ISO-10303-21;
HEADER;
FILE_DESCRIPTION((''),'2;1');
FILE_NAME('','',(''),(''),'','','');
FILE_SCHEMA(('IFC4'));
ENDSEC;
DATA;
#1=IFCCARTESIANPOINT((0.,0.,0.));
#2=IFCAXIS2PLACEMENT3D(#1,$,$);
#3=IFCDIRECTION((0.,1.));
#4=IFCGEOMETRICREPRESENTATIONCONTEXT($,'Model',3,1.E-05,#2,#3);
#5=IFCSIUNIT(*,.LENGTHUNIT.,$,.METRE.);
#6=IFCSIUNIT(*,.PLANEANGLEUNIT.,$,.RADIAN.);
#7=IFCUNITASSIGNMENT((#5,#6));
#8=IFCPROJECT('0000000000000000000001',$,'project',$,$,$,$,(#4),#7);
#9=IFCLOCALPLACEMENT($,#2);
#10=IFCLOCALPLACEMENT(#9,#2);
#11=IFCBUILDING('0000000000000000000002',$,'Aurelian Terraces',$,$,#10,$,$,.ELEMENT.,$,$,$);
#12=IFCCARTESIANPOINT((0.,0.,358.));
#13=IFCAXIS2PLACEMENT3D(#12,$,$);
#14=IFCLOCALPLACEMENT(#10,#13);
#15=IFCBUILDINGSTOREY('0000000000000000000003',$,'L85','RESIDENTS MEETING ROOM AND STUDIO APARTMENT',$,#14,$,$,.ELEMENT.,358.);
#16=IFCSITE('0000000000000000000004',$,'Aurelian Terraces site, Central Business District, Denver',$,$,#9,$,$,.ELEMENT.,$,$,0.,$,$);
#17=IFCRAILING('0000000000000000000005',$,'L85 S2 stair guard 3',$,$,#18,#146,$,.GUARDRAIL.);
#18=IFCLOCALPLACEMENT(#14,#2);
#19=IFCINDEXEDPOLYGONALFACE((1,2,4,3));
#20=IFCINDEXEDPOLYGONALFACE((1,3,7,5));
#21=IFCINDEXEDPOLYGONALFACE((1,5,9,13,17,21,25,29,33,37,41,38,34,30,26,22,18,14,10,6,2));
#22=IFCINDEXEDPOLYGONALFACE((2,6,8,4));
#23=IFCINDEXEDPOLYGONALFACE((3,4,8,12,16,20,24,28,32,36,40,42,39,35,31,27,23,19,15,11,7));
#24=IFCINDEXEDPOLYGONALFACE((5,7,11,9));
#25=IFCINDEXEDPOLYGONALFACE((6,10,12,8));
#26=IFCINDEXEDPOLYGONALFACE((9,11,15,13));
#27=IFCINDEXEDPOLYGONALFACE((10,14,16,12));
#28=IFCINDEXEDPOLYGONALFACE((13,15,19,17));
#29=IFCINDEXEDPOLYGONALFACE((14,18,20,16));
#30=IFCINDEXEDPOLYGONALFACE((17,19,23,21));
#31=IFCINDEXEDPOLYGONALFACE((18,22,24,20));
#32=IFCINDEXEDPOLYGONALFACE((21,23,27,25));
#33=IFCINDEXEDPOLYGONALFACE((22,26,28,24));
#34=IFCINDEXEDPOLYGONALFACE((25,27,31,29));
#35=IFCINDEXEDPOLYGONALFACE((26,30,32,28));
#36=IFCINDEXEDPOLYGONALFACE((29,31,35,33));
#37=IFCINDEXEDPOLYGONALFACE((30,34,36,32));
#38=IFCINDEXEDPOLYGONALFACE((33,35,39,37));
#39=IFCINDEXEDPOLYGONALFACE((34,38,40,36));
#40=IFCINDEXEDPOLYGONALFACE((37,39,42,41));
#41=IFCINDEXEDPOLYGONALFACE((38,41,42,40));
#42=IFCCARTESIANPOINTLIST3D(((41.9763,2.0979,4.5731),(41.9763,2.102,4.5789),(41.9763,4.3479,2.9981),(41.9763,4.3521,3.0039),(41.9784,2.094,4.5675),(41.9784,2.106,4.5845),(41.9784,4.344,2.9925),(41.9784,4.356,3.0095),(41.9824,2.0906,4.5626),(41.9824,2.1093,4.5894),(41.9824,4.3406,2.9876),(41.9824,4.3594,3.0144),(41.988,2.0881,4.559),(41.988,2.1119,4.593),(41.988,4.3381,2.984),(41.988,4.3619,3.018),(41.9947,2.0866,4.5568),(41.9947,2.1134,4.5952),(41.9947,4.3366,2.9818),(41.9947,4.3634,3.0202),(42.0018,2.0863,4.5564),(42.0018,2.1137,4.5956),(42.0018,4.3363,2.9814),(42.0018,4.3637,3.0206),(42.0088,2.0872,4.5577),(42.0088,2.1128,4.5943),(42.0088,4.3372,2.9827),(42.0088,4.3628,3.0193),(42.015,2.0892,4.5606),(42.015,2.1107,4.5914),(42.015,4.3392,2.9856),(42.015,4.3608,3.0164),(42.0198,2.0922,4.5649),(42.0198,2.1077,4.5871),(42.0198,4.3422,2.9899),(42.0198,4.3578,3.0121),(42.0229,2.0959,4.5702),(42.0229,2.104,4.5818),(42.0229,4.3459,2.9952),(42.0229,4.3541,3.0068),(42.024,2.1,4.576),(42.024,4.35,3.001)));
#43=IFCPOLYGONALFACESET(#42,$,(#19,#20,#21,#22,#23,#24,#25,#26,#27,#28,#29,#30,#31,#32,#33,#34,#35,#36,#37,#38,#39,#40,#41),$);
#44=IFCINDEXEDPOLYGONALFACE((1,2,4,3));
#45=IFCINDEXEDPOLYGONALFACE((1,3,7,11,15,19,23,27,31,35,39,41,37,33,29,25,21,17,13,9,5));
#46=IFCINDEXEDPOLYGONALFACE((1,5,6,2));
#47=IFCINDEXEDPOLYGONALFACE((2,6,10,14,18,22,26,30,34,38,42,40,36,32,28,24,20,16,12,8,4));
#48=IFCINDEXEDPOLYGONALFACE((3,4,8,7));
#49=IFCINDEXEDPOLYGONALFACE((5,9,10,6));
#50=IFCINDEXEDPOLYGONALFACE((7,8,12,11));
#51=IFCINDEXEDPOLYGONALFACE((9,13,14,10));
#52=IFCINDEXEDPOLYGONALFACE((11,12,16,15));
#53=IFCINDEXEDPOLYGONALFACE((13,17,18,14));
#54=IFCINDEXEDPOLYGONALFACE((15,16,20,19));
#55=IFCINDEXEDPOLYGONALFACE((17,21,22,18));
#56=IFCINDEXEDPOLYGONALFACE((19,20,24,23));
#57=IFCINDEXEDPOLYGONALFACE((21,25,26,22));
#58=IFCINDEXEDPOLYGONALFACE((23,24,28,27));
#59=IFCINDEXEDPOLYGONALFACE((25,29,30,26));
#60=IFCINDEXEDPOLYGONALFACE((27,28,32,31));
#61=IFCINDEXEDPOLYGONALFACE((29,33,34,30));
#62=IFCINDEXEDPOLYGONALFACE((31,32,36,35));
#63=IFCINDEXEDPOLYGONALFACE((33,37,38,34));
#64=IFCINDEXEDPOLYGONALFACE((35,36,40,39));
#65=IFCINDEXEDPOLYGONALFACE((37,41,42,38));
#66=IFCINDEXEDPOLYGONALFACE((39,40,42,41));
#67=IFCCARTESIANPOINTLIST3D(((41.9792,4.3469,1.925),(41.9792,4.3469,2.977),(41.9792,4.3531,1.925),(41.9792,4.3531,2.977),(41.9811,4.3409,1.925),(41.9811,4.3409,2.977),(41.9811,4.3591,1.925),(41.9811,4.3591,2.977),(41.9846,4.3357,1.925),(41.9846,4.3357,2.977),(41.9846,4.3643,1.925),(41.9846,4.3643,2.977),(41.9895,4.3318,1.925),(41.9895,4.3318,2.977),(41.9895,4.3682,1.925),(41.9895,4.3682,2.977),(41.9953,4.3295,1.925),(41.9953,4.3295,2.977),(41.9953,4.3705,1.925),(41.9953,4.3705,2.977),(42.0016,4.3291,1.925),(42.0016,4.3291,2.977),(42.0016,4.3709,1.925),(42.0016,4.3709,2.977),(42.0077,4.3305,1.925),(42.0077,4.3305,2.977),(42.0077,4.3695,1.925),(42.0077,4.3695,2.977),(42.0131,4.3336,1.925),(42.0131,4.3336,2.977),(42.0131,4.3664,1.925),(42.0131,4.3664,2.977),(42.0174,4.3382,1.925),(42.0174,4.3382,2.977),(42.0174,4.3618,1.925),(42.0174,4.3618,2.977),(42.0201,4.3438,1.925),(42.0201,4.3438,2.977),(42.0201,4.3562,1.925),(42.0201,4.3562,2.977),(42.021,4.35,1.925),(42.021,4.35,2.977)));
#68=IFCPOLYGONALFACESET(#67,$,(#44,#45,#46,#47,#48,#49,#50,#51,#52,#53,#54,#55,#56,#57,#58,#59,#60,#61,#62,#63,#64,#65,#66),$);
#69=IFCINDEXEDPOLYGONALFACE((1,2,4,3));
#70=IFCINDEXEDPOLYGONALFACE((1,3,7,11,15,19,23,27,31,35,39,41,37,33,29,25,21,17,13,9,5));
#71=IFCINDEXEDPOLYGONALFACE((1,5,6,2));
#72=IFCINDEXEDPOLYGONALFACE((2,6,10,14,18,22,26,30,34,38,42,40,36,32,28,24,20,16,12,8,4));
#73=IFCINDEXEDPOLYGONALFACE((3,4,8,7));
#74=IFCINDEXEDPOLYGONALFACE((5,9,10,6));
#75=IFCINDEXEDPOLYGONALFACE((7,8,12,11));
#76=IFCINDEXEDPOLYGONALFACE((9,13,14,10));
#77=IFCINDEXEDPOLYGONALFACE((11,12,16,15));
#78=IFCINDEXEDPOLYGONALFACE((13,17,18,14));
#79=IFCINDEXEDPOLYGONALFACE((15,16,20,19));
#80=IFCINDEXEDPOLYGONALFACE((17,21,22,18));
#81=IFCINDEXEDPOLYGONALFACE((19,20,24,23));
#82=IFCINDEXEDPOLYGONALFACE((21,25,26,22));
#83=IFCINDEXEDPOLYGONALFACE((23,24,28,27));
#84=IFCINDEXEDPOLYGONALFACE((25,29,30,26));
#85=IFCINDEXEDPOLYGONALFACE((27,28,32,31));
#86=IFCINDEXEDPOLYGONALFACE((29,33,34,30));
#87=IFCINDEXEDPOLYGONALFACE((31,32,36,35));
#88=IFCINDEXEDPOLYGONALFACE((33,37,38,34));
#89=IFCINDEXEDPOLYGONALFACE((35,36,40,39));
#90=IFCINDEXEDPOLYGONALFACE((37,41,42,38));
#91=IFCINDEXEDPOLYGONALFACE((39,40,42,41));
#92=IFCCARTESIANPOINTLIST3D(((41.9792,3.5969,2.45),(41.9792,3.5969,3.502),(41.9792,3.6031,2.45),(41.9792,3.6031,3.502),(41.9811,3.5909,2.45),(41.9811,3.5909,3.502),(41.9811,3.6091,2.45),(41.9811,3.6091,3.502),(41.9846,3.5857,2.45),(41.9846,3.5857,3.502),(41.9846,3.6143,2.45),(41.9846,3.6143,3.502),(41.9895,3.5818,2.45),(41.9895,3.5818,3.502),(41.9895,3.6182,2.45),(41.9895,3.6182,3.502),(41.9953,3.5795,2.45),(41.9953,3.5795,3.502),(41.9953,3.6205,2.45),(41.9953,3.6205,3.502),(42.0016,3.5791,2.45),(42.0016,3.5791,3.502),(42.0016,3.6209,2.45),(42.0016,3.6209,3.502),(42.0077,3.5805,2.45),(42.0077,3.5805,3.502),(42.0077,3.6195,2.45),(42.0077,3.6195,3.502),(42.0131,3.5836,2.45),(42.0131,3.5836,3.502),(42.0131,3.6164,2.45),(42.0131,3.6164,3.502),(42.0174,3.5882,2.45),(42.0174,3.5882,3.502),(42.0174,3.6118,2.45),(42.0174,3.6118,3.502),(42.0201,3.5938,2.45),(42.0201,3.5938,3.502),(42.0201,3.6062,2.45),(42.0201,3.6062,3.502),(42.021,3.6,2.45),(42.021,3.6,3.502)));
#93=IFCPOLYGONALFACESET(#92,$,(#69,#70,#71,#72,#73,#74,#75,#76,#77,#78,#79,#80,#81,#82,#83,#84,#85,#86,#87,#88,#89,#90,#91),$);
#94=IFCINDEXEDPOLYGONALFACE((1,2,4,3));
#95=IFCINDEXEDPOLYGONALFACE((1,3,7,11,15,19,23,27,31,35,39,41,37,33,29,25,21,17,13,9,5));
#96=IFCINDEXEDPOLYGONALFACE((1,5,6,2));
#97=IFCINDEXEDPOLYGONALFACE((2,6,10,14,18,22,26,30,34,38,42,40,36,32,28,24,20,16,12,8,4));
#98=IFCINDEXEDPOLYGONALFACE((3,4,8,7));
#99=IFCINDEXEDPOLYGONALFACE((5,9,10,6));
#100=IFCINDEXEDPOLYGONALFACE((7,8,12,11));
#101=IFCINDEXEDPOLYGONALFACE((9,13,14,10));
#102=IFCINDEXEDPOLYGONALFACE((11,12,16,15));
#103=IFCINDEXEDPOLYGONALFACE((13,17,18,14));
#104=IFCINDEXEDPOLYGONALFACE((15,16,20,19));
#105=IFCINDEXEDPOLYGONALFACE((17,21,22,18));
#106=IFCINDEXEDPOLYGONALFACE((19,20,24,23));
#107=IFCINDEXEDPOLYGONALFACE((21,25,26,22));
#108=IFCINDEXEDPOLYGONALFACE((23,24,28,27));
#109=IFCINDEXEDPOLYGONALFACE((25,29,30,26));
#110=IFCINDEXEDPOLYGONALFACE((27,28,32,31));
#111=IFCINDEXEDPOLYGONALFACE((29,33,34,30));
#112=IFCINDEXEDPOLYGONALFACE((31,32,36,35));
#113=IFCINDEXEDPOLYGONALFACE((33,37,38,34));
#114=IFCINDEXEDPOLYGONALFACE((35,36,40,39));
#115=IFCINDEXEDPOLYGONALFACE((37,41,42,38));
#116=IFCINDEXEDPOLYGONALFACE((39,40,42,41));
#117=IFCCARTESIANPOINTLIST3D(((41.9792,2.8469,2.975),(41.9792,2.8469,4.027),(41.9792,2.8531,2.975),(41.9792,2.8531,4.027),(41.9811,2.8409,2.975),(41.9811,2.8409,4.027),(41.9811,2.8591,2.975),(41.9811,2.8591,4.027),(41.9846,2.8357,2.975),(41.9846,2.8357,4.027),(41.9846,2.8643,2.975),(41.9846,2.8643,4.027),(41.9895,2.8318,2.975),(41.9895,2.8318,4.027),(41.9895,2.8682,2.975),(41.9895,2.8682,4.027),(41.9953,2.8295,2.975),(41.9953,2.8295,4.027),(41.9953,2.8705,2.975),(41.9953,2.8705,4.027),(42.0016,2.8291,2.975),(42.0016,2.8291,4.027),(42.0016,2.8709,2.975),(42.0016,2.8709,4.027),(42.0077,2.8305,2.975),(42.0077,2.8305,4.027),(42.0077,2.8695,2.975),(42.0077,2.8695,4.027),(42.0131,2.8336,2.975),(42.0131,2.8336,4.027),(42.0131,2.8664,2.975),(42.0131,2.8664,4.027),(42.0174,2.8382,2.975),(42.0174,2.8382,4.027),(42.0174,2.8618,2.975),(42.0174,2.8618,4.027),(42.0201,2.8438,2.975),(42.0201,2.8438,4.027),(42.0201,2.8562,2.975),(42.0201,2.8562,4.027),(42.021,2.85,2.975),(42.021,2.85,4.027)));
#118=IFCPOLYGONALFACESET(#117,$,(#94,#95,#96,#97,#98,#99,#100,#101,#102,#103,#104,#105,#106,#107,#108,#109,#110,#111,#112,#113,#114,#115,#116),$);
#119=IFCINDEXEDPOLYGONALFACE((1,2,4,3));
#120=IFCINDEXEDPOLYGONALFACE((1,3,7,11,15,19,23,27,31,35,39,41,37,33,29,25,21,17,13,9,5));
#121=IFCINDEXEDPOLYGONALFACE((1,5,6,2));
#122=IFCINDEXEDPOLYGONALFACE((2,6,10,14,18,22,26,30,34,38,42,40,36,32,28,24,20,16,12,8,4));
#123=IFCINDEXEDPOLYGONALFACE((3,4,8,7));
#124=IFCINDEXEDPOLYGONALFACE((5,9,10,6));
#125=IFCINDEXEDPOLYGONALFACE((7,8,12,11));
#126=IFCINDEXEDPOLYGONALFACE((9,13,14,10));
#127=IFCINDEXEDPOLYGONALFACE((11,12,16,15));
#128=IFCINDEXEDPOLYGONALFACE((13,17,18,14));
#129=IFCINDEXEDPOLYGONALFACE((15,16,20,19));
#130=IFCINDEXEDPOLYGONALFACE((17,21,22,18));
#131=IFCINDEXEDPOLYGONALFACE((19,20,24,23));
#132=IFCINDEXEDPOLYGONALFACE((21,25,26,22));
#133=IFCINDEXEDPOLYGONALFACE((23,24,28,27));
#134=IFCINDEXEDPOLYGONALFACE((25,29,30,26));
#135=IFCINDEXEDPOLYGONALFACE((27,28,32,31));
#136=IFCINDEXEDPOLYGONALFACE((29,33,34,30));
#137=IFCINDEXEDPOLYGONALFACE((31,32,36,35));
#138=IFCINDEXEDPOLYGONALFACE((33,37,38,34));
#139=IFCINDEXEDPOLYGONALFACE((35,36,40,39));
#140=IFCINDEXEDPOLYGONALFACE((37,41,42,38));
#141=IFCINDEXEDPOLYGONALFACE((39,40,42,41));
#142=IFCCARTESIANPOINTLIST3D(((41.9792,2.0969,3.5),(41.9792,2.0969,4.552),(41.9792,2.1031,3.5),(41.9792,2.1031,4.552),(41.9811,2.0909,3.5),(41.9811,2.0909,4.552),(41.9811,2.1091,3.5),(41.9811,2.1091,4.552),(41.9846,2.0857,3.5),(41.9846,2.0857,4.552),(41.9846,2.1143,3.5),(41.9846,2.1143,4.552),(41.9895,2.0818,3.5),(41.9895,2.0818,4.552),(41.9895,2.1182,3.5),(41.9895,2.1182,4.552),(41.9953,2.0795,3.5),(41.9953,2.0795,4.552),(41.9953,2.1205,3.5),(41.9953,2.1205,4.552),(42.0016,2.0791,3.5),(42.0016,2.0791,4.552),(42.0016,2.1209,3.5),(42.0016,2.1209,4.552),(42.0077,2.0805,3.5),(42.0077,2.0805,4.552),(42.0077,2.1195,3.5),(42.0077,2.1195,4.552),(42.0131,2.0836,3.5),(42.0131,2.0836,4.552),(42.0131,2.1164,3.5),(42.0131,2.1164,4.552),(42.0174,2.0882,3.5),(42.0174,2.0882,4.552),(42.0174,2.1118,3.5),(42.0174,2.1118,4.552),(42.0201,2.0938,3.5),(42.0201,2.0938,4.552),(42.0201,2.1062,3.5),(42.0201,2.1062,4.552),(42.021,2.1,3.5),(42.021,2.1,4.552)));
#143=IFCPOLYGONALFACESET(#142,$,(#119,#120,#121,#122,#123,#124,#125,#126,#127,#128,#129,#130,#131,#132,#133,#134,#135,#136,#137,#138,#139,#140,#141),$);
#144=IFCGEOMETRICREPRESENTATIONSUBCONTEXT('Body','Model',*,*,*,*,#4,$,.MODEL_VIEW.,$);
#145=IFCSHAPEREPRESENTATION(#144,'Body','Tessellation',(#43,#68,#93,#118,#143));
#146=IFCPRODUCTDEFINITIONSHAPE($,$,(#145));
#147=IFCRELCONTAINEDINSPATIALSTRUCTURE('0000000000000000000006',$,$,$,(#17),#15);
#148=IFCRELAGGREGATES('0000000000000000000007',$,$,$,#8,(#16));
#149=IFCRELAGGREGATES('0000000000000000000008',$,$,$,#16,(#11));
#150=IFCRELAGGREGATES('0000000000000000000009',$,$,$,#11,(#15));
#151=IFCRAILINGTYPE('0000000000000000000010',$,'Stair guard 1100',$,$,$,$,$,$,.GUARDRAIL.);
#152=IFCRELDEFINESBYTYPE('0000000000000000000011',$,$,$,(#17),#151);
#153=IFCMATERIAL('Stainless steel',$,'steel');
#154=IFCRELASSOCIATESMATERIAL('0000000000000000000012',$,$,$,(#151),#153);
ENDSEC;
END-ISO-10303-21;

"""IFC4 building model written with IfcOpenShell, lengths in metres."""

from ifc_helpers import new_model, si_unit, direction, frame, origin, origin_2d, place, context, subcontext, project, spatial, circle, extrude, source, transform, mapped, material, type_object, element, save


model = new_model("IFC4")

# Units and contexts
model_context = context("Model", 3, precision=1e-05, world=origin(), true_north=direction((0.0, 1.0)))
body_context = subcontext(model_context, "Body", "Model", "MODEL_VIEW")
ifc_project = project(units=[si_unit("LENGTHUNIT", "METRE"), si_unit("PLANEANGLEUNIT", "RADIAN")], contexts=[model_context])

# Site, building, storey
site_placement = place(None, origin())
site = spatial("IfcSite", under=ifc_project, at=site_placement, Name="Aurelian Terraces site, Central Business District, Denver", CompositionType="ELEMENT", RefElevation=0.0)
building_placement = place(site_placement, origin())
building = spatial("IfcBuilding", under=site, at=building_placement, Name="Aurelian Terraces", CompositionType="ELEMENT")
storey_placement = place(building_placement, frame((0.0, 0.0, 358.0)))
storey = spatial("IfcBuildingStorey", under=building, at=storey_placement, Name="L85", Description="RESIDENTS MEETING ROOM AND STUDIO APARTMENT", CompositionType="ELEMENT", Elevation=358.0)

# Railing
ifc_material_1 = material(Name="Stainless steel", Category="steel")
railing_type_1 = type_object("IfcRailingType", Name="Stair guard 1100", PredefinedType="GUARDRAIL", material=ifc_material_1)
shared_shape_1 = source(origin(), body_context, "Body", "SweptSolid", [
    extrude(circle(Radius=0.024, at=origin_2d()), frame((0.0, 0.0, 1.076), z_axis=(0.0, -0.819232, 0.573462), x_axis=(1.0, 0.0, 0.0)), (0.0, 0.0, 1.0), 2.7465),
    extrude(circle(Radius=0.021, at=origin_2d()), origin(), (0.0, 0.0, 1.0), 1.052),
    extrude(circle(Radius=0.021, at=origin_2d()), frame((0.0, -0.75, 0.525)), (0.0, 0.0, 1.0), 1.052),
    extrude(circle(Radius=0.021, at=origin_2d()), frame((0.0, -1.5, 1.05)), (0.0, 0.0, 1.0), 1.052),
    extrude(circle(Radius=0.021, at=origin_2d()), frame((0.0, -2.25, 1.575)), (0.0, 0.0, 1.0), 1.052),
])
railing_1_placement = place(storey_placement, frame((42.0, 4.35, 1.925)))
element("IfcRailing", 1, at=railing_1_placement, inside=storey, type_object=railing_type_1, Name="L85 S2 stair guard 3", PredefinedType="GUARDRAIL", context=body_context, shape_type="MappedRepresentation", body=[
    mapped(shared_shape_1, transform((0.0, 0.0, 0.0), scale=1.0)),
])

save(model, "model.ifc")
